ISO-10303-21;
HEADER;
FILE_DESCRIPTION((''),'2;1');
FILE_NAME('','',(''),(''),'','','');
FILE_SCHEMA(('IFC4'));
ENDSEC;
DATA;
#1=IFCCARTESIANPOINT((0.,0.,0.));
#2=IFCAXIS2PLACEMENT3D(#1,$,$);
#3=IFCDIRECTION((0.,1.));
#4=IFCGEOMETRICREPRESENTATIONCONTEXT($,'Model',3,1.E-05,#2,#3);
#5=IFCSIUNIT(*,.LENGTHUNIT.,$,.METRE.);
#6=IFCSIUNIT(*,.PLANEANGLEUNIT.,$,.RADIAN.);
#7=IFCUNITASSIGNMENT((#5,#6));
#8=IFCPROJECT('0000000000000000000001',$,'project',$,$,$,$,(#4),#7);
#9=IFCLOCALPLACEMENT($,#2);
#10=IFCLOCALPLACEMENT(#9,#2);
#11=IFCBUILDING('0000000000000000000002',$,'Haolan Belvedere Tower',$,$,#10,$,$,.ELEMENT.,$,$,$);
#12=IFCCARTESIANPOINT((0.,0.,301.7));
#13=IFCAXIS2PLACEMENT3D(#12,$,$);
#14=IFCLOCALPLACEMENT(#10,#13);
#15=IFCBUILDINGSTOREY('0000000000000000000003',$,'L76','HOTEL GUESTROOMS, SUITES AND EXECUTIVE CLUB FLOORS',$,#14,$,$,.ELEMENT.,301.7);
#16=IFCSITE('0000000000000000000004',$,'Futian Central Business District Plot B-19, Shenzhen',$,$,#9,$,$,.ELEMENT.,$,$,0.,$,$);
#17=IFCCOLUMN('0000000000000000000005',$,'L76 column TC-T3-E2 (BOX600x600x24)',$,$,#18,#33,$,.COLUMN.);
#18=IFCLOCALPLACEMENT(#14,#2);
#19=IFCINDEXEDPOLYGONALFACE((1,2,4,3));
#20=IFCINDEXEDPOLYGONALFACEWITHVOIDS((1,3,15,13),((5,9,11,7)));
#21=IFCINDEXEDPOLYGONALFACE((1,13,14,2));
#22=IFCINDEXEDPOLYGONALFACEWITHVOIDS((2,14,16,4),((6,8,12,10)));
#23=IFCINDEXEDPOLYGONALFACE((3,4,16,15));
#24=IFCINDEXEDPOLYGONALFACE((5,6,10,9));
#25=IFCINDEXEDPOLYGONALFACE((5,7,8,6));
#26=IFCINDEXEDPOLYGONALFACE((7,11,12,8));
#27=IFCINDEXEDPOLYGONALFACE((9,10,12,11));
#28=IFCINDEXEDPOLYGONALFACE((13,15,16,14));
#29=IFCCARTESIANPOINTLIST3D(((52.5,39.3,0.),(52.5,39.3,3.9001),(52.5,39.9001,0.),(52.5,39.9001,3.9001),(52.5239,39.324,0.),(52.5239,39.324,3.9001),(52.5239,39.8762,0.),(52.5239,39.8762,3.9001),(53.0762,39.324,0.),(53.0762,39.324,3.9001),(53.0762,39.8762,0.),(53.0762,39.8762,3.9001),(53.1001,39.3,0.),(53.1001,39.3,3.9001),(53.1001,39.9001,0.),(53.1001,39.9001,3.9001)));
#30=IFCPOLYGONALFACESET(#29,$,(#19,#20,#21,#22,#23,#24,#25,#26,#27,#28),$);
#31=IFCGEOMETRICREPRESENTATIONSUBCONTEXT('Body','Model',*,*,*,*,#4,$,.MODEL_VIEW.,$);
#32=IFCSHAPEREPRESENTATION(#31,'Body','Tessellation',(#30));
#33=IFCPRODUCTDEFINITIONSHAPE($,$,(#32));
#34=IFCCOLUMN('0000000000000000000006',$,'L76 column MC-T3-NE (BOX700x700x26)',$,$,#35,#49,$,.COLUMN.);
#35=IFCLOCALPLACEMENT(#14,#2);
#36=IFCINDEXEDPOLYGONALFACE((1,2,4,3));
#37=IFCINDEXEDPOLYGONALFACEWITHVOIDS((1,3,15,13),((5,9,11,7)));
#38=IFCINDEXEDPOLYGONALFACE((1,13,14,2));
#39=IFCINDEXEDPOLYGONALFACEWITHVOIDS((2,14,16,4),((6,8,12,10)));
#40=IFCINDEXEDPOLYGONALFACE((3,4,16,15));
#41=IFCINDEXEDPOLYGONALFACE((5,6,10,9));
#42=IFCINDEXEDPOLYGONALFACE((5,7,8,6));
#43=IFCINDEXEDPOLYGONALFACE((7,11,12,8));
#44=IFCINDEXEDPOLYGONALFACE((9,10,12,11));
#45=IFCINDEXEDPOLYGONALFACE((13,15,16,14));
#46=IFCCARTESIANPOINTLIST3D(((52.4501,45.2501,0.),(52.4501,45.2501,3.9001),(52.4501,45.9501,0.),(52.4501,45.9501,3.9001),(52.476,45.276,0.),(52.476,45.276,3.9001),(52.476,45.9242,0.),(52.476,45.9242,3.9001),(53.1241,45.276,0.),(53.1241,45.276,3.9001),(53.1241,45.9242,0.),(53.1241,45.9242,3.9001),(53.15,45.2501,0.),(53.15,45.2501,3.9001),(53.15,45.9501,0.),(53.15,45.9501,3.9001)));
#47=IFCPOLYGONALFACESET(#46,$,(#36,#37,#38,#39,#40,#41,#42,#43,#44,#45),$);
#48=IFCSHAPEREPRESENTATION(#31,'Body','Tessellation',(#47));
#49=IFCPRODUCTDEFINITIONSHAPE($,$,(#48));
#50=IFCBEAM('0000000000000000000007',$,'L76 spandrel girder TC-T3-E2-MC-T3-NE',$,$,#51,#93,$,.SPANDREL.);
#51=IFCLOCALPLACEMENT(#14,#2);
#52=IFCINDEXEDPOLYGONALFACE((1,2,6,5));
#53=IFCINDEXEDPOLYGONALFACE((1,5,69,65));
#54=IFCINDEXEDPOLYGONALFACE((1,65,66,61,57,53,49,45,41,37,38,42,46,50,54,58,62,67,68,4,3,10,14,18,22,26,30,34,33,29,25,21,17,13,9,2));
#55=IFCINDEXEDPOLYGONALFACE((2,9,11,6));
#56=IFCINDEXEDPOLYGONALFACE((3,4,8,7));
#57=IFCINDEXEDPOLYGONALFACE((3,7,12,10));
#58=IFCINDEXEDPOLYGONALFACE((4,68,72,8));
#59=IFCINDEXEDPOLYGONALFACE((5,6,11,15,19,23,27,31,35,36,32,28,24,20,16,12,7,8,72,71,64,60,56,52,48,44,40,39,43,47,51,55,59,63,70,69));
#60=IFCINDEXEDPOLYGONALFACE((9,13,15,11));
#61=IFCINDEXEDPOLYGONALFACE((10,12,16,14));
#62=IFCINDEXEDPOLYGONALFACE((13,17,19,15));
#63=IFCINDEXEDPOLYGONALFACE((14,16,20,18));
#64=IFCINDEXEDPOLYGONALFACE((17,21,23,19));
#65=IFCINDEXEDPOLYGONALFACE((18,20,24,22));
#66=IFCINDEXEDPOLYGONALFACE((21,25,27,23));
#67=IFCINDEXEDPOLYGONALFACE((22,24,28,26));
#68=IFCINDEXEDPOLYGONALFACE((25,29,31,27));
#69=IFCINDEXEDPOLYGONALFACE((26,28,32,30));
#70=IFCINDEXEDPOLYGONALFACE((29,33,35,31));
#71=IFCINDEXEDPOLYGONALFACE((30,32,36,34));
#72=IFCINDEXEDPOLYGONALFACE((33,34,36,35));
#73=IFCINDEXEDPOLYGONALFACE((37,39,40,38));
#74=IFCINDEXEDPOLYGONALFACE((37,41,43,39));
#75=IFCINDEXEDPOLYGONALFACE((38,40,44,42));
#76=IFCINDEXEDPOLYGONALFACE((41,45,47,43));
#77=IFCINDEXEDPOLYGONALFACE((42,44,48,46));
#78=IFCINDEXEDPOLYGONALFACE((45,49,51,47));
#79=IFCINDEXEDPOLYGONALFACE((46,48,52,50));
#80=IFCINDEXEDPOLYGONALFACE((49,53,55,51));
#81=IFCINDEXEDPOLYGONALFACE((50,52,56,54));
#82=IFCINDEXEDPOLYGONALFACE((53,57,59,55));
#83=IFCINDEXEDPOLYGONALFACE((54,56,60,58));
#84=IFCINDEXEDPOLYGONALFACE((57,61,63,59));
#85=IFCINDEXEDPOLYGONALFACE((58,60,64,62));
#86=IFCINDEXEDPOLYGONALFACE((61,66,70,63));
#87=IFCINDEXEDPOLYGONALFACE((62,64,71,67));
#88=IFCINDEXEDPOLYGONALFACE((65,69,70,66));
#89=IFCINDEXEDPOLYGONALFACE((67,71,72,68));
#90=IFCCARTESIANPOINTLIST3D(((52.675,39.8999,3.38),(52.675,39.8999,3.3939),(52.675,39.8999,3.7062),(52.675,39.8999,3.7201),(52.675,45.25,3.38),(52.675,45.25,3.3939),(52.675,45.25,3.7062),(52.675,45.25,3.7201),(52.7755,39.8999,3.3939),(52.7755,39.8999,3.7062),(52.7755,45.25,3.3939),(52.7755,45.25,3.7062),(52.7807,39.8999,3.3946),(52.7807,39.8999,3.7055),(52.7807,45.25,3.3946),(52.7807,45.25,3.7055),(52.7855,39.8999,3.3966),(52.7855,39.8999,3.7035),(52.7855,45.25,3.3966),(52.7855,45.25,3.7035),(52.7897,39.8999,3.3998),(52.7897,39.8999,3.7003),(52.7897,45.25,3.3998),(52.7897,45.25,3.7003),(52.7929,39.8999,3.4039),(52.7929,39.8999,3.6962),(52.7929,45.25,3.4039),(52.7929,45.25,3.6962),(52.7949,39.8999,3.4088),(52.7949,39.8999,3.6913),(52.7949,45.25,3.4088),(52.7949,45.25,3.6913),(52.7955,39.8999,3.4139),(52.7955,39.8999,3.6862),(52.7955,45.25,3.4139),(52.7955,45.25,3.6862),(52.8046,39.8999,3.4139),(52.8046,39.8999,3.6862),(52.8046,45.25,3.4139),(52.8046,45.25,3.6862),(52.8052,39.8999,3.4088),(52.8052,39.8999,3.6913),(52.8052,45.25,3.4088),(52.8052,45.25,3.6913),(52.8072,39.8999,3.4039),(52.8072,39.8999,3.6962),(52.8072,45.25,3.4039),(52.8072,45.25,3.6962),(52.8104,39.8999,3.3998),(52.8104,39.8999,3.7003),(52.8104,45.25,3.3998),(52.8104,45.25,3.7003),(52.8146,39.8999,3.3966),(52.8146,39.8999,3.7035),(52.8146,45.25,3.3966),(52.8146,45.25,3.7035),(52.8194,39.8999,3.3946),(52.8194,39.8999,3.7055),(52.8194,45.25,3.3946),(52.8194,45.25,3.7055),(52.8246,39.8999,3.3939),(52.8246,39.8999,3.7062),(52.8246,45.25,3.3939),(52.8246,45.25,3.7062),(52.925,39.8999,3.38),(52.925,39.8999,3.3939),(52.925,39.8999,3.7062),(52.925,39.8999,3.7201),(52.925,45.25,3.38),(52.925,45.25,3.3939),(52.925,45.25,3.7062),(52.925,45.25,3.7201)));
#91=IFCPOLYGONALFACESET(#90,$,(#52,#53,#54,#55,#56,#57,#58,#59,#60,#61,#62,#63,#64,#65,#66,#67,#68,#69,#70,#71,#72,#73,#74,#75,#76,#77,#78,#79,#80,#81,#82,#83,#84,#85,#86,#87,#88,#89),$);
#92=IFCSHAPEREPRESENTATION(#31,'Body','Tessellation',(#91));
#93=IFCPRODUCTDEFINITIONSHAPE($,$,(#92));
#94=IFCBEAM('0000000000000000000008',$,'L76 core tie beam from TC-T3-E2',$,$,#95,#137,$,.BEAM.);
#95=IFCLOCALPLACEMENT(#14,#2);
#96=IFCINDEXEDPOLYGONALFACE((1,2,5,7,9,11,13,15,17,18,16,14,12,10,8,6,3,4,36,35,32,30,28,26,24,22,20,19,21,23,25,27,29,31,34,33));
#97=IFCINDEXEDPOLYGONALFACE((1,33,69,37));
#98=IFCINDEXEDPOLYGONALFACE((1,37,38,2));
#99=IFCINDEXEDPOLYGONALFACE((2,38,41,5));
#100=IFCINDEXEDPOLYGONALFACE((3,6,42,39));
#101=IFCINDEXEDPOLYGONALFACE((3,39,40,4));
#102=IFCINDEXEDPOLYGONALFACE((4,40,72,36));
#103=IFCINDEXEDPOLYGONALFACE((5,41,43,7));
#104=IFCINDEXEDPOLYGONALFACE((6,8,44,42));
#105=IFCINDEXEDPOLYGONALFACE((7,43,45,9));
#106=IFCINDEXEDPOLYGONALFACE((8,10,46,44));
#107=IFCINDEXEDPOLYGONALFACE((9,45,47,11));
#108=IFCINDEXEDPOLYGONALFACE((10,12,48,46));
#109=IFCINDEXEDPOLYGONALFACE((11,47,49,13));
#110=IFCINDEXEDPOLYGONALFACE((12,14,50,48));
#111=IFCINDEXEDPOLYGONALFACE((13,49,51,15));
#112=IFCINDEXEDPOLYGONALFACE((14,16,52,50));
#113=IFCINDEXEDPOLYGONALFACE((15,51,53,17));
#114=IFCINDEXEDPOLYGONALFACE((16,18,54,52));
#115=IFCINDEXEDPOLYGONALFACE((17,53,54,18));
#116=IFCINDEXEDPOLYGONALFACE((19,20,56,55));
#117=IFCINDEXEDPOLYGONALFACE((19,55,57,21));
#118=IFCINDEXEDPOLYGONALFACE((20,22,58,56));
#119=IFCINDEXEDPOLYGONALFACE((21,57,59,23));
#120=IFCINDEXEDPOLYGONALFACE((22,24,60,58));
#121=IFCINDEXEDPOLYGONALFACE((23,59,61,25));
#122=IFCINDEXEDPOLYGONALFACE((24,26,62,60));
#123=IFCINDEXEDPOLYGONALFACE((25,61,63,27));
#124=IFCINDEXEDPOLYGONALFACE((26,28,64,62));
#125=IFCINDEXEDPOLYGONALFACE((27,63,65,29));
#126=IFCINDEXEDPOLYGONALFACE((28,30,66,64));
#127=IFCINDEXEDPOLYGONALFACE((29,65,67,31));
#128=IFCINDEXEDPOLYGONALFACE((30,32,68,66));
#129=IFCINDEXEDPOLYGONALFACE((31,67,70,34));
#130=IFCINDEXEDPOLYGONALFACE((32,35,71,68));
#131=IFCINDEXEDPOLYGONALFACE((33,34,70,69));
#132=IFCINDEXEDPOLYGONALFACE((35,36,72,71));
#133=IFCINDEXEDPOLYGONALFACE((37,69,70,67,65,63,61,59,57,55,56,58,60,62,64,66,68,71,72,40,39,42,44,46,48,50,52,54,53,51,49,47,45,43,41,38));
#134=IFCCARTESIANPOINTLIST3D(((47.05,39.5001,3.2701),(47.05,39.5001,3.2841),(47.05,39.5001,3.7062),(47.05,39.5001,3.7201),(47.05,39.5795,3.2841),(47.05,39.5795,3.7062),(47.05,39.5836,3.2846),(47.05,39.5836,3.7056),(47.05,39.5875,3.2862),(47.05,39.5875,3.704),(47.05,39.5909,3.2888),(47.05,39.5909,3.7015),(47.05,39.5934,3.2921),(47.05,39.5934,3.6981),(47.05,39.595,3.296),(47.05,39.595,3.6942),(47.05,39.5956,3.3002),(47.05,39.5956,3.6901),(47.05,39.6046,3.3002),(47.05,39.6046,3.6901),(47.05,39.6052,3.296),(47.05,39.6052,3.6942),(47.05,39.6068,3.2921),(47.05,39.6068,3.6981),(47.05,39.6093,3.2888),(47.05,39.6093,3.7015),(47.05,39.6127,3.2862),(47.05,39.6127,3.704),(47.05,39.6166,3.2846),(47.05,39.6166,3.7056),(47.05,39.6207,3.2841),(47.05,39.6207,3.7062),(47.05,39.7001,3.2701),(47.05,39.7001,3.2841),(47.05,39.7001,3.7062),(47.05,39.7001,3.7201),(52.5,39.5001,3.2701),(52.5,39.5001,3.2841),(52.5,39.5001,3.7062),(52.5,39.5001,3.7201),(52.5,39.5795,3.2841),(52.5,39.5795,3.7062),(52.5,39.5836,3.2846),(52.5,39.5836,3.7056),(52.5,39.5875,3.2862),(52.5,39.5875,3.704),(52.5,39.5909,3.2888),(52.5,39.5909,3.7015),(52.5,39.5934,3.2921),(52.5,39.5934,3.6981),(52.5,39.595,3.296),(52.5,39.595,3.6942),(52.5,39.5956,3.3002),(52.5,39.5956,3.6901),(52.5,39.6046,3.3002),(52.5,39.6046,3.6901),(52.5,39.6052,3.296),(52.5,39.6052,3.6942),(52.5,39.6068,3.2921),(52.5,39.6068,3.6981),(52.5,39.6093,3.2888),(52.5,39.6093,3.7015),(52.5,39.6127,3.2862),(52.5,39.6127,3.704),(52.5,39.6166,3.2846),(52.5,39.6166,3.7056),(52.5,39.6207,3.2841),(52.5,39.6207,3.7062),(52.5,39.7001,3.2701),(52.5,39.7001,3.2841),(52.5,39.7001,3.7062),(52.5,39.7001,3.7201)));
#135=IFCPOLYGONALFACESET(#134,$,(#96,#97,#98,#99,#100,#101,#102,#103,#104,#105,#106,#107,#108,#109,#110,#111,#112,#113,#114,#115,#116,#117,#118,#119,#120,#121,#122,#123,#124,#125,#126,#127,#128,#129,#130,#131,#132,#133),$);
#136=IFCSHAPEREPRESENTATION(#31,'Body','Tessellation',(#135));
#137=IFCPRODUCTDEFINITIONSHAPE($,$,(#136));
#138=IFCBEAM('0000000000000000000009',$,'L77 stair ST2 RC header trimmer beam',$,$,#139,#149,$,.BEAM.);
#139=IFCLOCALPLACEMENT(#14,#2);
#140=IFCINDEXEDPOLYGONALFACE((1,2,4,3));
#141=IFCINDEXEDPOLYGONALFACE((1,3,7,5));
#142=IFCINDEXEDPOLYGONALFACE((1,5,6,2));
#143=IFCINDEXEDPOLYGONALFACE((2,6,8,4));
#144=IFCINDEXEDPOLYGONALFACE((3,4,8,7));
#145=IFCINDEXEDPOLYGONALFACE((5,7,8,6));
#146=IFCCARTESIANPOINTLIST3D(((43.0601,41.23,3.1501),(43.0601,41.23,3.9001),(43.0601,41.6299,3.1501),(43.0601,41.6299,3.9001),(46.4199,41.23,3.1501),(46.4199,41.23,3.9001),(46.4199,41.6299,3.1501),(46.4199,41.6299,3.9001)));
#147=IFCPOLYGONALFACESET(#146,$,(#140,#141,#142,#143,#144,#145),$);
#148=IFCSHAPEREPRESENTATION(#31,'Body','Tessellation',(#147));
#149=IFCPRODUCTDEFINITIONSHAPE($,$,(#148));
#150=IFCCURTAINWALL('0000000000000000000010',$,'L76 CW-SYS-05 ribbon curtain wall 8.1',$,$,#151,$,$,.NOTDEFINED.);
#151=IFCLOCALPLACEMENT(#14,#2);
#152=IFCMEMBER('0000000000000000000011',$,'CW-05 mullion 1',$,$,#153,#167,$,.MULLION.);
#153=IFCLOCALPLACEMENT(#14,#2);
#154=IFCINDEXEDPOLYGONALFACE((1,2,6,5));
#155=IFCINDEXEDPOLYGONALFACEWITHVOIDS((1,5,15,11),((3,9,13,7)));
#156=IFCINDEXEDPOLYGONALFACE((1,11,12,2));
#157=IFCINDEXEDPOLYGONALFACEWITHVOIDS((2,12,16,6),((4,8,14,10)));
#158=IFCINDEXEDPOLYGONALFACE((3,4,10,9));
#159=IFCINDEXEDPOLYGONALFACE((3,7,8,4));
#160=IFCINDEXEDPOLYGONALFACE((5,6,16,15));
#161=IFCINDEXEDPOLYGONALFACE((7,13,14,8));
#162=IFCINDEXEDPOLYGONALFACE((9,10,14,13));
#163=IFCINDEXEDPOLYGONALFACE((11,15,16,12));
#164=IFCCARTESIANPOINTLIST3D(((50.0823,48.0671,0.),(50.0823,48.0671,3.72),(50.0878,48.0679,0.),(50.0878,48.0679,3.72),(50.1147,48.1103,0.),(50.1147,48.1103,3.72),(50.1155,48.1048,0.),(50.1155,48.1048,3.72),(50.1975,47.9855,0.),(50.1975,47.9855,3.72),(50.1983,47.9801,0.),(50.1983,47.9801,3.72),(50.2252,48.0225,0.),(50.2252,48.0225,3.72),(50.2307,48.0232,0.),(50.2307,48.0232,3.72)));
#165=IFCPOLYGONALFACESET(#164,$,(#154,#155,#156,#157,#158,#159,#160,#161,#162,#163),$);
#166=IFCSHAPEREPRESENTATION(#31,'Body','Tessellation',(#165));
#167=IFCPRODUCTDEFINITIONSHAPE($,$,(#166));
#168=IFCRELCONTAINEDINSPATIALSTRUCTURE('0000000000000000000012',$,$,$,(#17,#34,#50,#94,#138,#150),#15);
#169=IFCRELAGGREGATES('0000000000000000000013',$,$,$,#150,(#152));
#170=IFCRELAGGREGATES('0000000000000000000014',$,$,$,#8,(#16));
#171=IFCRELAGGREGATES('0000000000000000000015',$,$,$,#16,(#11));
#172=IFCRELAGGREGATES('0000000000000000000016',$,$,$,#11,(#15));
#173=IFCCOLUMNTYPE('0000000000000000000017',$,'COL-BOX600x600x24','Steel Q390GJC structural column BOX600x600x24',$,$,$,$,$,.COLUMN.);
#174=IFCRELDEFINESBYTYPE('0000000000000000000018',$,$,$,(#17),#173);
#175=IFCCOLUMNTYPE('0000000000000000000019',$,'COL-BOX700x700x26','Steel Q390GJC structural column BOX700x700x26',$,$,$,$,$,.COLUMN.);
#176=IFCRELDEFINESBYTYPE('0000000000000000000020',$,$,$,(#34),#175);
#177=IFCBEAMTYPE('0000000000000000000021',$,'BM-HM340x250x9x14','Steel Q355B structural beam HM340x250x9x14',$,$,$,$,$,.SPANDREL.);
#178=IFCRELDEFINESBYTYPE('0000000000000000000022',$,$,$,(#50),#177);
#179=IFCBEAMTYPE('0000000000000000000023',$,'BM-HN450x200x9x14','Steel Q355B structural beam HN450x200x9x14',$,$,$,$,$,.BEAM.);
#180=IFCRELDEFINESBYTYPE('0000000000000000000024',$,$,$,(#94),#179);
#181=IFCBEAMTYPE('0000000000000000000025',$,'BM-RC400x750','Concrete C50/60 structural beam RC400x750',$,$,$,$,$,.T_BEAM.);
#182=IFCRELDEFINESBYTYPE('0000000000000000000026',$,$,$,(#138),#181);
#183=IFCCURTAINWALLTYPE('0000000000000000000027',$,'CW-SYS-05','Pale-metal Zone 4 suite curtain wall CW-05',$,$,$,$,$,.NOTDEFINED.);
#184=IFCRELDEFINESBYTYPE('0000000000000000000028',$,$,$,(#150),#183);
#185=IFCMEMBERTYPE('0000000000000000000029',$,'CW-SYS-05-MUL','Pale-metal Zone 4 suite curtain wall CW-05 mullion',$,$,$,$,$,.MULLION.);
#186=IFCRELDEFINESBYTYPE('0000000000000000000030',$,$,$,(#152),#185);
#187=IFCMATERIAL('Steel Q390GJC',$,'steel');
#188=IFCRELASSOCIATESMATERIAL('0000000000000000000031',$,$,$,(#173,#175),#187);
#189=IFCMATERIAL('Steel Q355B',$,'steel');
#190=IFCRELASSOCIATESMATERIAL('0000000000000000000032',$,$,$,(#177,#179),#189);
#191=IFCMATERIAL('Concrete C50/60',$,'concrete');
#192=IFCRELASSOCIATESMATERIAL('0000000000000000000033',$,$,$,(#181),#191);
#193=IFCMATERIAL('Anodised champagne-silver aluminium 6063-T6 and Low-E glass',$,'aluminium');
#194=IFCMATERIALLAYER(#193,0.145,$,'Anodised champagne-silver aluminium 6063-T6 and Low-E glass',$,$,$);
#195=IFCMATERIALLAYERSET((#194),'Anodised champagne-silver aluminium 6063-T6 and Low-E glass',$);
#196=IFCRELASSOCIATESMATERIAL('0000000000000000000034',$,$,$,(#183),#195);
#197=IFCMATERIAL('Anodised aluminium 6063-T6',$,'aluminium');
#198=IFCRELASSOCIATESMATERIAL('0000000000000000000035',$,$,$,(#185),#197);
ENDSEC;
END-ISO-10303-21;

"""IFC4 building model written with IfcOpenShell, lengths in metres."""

from ifc_helpers import new_model, si_unit, direction, frame, origin, origin_2d, place, context, subcontext, project, spatial, rectangle, hollow_rectangle, i_section, extrude, material, layer, layer_set, material_profile, profile_set, type_object, element, aggregate, save


model = new_model("IFC4")

# Units and contexts
model_context = context("Model", 3, precision=1e-05, world=origin(), true_north=direction((0.0, 1.0)))
body_context = subcontext(model_context, "Body", "Model", "MODEL_VIEW")
ifc_project = project(units=[si_unit("LENGTHUNIT", "METRE"), si_unit("PLANEANGLEUNIT", "RADIAN")], contexts=[model_context])

# Site, building, storey
site_placement = place(None, origin())
site = spatial("IfcSite", under=ifc_project, at=site_placement, Name="Futian Central Business District Plot B-19, Shenzhen", CompositionType="ELEMENT", RefElevation=0.0)
building_placement = place(site_placement, origin())
building = spatial("IfcBuilding", under=site, at=building_placement, Name="Haolan Belvedere Tower", CompositionType="ELEMENT")
storey_placement = place(building_placement, frame((0.0, 0.0, 301.7)))
storey = spatial("IfcBuildingStorey", under=building, at=storey_placement, Name="L76", Description="HOTEL GUESTROOMS, SUITES AND EXECUTIVE CLUB FLOORS", CompositionType="ELEMENT", Elevation=301.7)

# Columns
ifc_material_1 = material(Name="Steel Q390GJC", Category="steel")
ifc_material_profile_1 = material_profile(ifc_material_1, hollow_rectangle(XDim=0.6001, YDim=0.6001, WallThickness=0.0239, at=origin_2d()), Name="Steel Q390GJC")
ifc_profile_set_1 = profile_set([ifc_material_profile_1], Name="Steel Q390GJC")
column_type_1 = type_object("IfcColumnType", Name="COL-BOX600x600x24", Description="Steel Q390GJC structural column BOX600x600x24", PredefinedType="COLUMN", material=ifc_profile_set_1)
column_1_placement = place(storey_placement, frame((52.8, 39.6001, 0.0), z_axis=(0.0, 0.0, 1.0), x_axis=(1.0, 0.0, 0.0)))
element("IfcColumn", 1, at=column_1_placement, inside=storey, type_object=column_type_1, Name="L76 column TC-T3-E2 (BOX600x600x24)", PredefinedType="COLUMN", context=body_context, shape_type="SweptSolid", body=[
    extrude(hollow_rectangle(XDim=0.6001, YDim=0.6001, WallThickness=0.0239, at=origin_2d()), origin(), (0.0, 0.0, 1.0), 3.9001),
])
ifc_material_profile_2 = material_profile(ifc_material_1, hollow_rectangle(XDim=0.7, YDim=0.7, WallThickness=0.0259, at=origin_2d()), Name="Steel Q390GJC")
ifc_profile_set_2 = profile_set([ifc_material_profile_2], Name="Steel Q390GJC")
column_type_2 = type_object("IfcColumnType", Name="COL-BOX700x700x26", Description="Steel Q390GJC structural column BOX700x700x26", PredefinedType="COLUMN", material=ifc_profile_set_2)
column_2_placement = place(storey_placement, frame((52.8, 45.6001, 0.0), z_axis=(0.0, 0.0, 1.0), x_axis=(1.0, 0.0, 0.0)))
element("IfcColumn", 2, at=column_2_placement, inside=storey, type_object=column_type_2, Name="L76 column MC-T3-NE (BOX700x700x26)", PredefinedType="COLUMN", context=body_context, shape_type="SweptSolid", body=[
    extrude(hollow_rectangle(XDim=0.7, YDim=0.7, WallThickness=0.0259, at=origin_2d()), origin(), (0.0, 0.0, 1.0), 3.9001),
])

# Beams
ifc_material_2 = material(Name="Steel Q355B", Category="steel")
ifc_material_profile_3 = material_profile(ifc_material_2, i_section(OverallWidth=0.25, OverallDepth=0.3401, WebThickness=0.009, FlangeThickness=0.0139, FilletRadius=0.02, at=origin_2d()), Name="Steel Q355B")
ifc_profile_set_3 = profile_set([ifc_material_profile_3], Name="Steel Q355B")
beam_type_1 = type_object("IfcBeamType", Name="BM-HM340x250x9x14", Description="Steel Q355B structural beam HM340x250x9x14", PredefinedType="SPANDREL", material=ifc_profile_set_3)
beam_1_placement = place(storey_placement, frame((52.8, 39.8999, 3.55), z_axis=(0.0, 1.0, 0.0), x_axis=(-1.0, 0.0, 0.0)))
element("IfcBeam", 3, at=beam_1_placement, inside=storey, type_object=beam_type_1, Name="L76 spandrel girder TC-T3-E2-MC-T3-NE", PredefinedType="SPANDREL", context=body_context, shape_type="SweptSolid", body=[
    extrude(i_section(OverallWidth=0.25, OverallDepth=0.3401, WebThickness=0.009, FlangeThickness=0.0139, FilletRadius=0.02, at=origin_2d()), origin(), (0.0, 0.0, 1.0), 5.3501),
])
ifc_material_profile_4 = material_profile(ifc_material_2, i_section(OverallWidth=0.2, OverallDepth=0.45, WebThickness=0.009, FlangeThickness=0.0139, FilletRadius=0.0161, at=origin_2d()), Name="Steel Q355B")
ifc_profile_set_4 = profile_set([ifc_material_profile_4], Name="Steel Q355B")
beam_type_2 = type_object("IfcBeamType", Name="BM-HN450x200x9x14", Description="Steel Q355B structural beam HN450x200x9x14", PredefinedType="BEAM", material=ifc_profile_set_4)
beam_2_placement = place(storey_placement, frame((52.5, 39.6001, 3.4951), z_axis=(-1.0, 0.0, 0.0), x_axis=(0.0, -1.0, 0.0)))
element("IfcBeam", 4, at=beam_2_placement, inside=storey, type_object=beam_type_2, Name="L76 core tie beam from TC-T3-E2", PredefinedType="BEAM", context=body_context, shape_type="SweptSolid", body=[
    extrude(i_section(OverallWidth=0.2, OverallDepth=0.45, WebThickness=0.009, FlangeThickness=0.0139, FilletRadius=0.0161, at=origin_2d()), origin(), (0.0, 0.0, 1.0), 5.45),
])
ifc_material_3 = material(Name="Concrete C50/60", Category="concrete")
ifc_material_profile_5 = material_profile(ifc_material_3, rectangle(XDim=0.3999, YDim=0.75, at=origin_2d()), Name="Concrete C50/60")
ifc_profile_set_5 = profile_set([ifc_material_profile_5], Name="Concrete C50/60")
beam_type_3 = type_object("IfcBeamType", Name="BM-RC400x750", Description="Concrete C50/60 structural beam RC400x750", PredefinedType="T_BEAM", material=ifc_profile_set_5)
beam_3_placement = place(storey_placement, frame((43.0601, 41.4299, 3.5251), z_axis=(1.0, 0.0, 0.0), x_axis=(0.0, 1.0, 0.0)))
element("IfcBeam", 5, at=beam_3_placement, inside=storey, type_object=beam_type_3, Name="L77 stair ST2 RC header trimmer beam", PredefinedType="BEAM", context=body_context, shape_type="SweptSolid", body=[
    extrude(rectangle(XDim=0.3999, YDim=0.75, at=origin_2d()), origin(), (0.0, 0.0, 1.0), 3.3599),
])

# Curtain wall, member
ifc_material_4 = material(Name="Anodised champagne-silver aluminium 6063-T6 and Low-E glass", Category="aluminium")
ifc_layer_1 = layer(ifc_material_4, 0.145, Name="Anodised champagne-silver aluminium 6063-T6 and Low-E glass")
ifc_layer_set_1 = layer_set([ifc_layer_1], Name="Anodised champagne-silver aluminium 6063-T6 and Low-E glass")
curtain_wall_type = type_object("IfcCurtainWallType", Name="CW-SYS-05", Description="Pale-metal Zone 4 suite curtain wall CW-05", PredefinedType="NOTDEFINED", material=ifc_layer_set_1)
curtain_wall_placement = place(storey_placement, origin())
curtain_wall = element("IfcCurtainWall", 6, at=curtain_wall_placement, inside=storey, type_object=curtain_wall_type, Name="L76 CW-SYS-05 ribbon curtain wall 8.1", PredefinedType="NOTDEFINED")
ifc_material_5 = material(Name="Anodised aluminium 6063-T6", Category="aluminium")
ifc_material_profile_6 = material_profile(ifc_material_5, hollow_rectangle(XDim=0.054, YDim=0.145, WallThickness=0.0039, at=origin_2d()), Name="Anodised aluminium 6063-T6")
ifc_profile_set_6 = profile_set([ifc_material_profile_6], Name="Anodised aluminium 6063-T6")
member_type_1 = type_object("IfcMemberType", Name="CW-SYS-05-MUL", Description="Pale-metal Zone 4 suite curtain wall CW-05 mullion", PredefinedType="MULLION", material=ifc_profile_set_6)
member_1_placement = place(storey_placement, frame((50.1565, 48.0452, 0.0), z_axis=(0.0, 0.0, 1.0), x_axis=(-0.600003, -0.799998, 0.0)))
member_1 = element("IfcMember", 7, at=member_1_placement, type_object=member_type_1, Name="CW-05 mullion 1", PredefinedType="MULLION", context=body_context, shape_type="SweptSolid", body=[
    extrude(hollow_rectangle(XDim=0.054, YDim=0.145, WallThickness=0.0039, at=origin_2d()), origin(), (0.0, 0.0, 1.0), 3.72),
])
aggregate(curtain_wall, [member_1])

save(model, "model.ifc")
